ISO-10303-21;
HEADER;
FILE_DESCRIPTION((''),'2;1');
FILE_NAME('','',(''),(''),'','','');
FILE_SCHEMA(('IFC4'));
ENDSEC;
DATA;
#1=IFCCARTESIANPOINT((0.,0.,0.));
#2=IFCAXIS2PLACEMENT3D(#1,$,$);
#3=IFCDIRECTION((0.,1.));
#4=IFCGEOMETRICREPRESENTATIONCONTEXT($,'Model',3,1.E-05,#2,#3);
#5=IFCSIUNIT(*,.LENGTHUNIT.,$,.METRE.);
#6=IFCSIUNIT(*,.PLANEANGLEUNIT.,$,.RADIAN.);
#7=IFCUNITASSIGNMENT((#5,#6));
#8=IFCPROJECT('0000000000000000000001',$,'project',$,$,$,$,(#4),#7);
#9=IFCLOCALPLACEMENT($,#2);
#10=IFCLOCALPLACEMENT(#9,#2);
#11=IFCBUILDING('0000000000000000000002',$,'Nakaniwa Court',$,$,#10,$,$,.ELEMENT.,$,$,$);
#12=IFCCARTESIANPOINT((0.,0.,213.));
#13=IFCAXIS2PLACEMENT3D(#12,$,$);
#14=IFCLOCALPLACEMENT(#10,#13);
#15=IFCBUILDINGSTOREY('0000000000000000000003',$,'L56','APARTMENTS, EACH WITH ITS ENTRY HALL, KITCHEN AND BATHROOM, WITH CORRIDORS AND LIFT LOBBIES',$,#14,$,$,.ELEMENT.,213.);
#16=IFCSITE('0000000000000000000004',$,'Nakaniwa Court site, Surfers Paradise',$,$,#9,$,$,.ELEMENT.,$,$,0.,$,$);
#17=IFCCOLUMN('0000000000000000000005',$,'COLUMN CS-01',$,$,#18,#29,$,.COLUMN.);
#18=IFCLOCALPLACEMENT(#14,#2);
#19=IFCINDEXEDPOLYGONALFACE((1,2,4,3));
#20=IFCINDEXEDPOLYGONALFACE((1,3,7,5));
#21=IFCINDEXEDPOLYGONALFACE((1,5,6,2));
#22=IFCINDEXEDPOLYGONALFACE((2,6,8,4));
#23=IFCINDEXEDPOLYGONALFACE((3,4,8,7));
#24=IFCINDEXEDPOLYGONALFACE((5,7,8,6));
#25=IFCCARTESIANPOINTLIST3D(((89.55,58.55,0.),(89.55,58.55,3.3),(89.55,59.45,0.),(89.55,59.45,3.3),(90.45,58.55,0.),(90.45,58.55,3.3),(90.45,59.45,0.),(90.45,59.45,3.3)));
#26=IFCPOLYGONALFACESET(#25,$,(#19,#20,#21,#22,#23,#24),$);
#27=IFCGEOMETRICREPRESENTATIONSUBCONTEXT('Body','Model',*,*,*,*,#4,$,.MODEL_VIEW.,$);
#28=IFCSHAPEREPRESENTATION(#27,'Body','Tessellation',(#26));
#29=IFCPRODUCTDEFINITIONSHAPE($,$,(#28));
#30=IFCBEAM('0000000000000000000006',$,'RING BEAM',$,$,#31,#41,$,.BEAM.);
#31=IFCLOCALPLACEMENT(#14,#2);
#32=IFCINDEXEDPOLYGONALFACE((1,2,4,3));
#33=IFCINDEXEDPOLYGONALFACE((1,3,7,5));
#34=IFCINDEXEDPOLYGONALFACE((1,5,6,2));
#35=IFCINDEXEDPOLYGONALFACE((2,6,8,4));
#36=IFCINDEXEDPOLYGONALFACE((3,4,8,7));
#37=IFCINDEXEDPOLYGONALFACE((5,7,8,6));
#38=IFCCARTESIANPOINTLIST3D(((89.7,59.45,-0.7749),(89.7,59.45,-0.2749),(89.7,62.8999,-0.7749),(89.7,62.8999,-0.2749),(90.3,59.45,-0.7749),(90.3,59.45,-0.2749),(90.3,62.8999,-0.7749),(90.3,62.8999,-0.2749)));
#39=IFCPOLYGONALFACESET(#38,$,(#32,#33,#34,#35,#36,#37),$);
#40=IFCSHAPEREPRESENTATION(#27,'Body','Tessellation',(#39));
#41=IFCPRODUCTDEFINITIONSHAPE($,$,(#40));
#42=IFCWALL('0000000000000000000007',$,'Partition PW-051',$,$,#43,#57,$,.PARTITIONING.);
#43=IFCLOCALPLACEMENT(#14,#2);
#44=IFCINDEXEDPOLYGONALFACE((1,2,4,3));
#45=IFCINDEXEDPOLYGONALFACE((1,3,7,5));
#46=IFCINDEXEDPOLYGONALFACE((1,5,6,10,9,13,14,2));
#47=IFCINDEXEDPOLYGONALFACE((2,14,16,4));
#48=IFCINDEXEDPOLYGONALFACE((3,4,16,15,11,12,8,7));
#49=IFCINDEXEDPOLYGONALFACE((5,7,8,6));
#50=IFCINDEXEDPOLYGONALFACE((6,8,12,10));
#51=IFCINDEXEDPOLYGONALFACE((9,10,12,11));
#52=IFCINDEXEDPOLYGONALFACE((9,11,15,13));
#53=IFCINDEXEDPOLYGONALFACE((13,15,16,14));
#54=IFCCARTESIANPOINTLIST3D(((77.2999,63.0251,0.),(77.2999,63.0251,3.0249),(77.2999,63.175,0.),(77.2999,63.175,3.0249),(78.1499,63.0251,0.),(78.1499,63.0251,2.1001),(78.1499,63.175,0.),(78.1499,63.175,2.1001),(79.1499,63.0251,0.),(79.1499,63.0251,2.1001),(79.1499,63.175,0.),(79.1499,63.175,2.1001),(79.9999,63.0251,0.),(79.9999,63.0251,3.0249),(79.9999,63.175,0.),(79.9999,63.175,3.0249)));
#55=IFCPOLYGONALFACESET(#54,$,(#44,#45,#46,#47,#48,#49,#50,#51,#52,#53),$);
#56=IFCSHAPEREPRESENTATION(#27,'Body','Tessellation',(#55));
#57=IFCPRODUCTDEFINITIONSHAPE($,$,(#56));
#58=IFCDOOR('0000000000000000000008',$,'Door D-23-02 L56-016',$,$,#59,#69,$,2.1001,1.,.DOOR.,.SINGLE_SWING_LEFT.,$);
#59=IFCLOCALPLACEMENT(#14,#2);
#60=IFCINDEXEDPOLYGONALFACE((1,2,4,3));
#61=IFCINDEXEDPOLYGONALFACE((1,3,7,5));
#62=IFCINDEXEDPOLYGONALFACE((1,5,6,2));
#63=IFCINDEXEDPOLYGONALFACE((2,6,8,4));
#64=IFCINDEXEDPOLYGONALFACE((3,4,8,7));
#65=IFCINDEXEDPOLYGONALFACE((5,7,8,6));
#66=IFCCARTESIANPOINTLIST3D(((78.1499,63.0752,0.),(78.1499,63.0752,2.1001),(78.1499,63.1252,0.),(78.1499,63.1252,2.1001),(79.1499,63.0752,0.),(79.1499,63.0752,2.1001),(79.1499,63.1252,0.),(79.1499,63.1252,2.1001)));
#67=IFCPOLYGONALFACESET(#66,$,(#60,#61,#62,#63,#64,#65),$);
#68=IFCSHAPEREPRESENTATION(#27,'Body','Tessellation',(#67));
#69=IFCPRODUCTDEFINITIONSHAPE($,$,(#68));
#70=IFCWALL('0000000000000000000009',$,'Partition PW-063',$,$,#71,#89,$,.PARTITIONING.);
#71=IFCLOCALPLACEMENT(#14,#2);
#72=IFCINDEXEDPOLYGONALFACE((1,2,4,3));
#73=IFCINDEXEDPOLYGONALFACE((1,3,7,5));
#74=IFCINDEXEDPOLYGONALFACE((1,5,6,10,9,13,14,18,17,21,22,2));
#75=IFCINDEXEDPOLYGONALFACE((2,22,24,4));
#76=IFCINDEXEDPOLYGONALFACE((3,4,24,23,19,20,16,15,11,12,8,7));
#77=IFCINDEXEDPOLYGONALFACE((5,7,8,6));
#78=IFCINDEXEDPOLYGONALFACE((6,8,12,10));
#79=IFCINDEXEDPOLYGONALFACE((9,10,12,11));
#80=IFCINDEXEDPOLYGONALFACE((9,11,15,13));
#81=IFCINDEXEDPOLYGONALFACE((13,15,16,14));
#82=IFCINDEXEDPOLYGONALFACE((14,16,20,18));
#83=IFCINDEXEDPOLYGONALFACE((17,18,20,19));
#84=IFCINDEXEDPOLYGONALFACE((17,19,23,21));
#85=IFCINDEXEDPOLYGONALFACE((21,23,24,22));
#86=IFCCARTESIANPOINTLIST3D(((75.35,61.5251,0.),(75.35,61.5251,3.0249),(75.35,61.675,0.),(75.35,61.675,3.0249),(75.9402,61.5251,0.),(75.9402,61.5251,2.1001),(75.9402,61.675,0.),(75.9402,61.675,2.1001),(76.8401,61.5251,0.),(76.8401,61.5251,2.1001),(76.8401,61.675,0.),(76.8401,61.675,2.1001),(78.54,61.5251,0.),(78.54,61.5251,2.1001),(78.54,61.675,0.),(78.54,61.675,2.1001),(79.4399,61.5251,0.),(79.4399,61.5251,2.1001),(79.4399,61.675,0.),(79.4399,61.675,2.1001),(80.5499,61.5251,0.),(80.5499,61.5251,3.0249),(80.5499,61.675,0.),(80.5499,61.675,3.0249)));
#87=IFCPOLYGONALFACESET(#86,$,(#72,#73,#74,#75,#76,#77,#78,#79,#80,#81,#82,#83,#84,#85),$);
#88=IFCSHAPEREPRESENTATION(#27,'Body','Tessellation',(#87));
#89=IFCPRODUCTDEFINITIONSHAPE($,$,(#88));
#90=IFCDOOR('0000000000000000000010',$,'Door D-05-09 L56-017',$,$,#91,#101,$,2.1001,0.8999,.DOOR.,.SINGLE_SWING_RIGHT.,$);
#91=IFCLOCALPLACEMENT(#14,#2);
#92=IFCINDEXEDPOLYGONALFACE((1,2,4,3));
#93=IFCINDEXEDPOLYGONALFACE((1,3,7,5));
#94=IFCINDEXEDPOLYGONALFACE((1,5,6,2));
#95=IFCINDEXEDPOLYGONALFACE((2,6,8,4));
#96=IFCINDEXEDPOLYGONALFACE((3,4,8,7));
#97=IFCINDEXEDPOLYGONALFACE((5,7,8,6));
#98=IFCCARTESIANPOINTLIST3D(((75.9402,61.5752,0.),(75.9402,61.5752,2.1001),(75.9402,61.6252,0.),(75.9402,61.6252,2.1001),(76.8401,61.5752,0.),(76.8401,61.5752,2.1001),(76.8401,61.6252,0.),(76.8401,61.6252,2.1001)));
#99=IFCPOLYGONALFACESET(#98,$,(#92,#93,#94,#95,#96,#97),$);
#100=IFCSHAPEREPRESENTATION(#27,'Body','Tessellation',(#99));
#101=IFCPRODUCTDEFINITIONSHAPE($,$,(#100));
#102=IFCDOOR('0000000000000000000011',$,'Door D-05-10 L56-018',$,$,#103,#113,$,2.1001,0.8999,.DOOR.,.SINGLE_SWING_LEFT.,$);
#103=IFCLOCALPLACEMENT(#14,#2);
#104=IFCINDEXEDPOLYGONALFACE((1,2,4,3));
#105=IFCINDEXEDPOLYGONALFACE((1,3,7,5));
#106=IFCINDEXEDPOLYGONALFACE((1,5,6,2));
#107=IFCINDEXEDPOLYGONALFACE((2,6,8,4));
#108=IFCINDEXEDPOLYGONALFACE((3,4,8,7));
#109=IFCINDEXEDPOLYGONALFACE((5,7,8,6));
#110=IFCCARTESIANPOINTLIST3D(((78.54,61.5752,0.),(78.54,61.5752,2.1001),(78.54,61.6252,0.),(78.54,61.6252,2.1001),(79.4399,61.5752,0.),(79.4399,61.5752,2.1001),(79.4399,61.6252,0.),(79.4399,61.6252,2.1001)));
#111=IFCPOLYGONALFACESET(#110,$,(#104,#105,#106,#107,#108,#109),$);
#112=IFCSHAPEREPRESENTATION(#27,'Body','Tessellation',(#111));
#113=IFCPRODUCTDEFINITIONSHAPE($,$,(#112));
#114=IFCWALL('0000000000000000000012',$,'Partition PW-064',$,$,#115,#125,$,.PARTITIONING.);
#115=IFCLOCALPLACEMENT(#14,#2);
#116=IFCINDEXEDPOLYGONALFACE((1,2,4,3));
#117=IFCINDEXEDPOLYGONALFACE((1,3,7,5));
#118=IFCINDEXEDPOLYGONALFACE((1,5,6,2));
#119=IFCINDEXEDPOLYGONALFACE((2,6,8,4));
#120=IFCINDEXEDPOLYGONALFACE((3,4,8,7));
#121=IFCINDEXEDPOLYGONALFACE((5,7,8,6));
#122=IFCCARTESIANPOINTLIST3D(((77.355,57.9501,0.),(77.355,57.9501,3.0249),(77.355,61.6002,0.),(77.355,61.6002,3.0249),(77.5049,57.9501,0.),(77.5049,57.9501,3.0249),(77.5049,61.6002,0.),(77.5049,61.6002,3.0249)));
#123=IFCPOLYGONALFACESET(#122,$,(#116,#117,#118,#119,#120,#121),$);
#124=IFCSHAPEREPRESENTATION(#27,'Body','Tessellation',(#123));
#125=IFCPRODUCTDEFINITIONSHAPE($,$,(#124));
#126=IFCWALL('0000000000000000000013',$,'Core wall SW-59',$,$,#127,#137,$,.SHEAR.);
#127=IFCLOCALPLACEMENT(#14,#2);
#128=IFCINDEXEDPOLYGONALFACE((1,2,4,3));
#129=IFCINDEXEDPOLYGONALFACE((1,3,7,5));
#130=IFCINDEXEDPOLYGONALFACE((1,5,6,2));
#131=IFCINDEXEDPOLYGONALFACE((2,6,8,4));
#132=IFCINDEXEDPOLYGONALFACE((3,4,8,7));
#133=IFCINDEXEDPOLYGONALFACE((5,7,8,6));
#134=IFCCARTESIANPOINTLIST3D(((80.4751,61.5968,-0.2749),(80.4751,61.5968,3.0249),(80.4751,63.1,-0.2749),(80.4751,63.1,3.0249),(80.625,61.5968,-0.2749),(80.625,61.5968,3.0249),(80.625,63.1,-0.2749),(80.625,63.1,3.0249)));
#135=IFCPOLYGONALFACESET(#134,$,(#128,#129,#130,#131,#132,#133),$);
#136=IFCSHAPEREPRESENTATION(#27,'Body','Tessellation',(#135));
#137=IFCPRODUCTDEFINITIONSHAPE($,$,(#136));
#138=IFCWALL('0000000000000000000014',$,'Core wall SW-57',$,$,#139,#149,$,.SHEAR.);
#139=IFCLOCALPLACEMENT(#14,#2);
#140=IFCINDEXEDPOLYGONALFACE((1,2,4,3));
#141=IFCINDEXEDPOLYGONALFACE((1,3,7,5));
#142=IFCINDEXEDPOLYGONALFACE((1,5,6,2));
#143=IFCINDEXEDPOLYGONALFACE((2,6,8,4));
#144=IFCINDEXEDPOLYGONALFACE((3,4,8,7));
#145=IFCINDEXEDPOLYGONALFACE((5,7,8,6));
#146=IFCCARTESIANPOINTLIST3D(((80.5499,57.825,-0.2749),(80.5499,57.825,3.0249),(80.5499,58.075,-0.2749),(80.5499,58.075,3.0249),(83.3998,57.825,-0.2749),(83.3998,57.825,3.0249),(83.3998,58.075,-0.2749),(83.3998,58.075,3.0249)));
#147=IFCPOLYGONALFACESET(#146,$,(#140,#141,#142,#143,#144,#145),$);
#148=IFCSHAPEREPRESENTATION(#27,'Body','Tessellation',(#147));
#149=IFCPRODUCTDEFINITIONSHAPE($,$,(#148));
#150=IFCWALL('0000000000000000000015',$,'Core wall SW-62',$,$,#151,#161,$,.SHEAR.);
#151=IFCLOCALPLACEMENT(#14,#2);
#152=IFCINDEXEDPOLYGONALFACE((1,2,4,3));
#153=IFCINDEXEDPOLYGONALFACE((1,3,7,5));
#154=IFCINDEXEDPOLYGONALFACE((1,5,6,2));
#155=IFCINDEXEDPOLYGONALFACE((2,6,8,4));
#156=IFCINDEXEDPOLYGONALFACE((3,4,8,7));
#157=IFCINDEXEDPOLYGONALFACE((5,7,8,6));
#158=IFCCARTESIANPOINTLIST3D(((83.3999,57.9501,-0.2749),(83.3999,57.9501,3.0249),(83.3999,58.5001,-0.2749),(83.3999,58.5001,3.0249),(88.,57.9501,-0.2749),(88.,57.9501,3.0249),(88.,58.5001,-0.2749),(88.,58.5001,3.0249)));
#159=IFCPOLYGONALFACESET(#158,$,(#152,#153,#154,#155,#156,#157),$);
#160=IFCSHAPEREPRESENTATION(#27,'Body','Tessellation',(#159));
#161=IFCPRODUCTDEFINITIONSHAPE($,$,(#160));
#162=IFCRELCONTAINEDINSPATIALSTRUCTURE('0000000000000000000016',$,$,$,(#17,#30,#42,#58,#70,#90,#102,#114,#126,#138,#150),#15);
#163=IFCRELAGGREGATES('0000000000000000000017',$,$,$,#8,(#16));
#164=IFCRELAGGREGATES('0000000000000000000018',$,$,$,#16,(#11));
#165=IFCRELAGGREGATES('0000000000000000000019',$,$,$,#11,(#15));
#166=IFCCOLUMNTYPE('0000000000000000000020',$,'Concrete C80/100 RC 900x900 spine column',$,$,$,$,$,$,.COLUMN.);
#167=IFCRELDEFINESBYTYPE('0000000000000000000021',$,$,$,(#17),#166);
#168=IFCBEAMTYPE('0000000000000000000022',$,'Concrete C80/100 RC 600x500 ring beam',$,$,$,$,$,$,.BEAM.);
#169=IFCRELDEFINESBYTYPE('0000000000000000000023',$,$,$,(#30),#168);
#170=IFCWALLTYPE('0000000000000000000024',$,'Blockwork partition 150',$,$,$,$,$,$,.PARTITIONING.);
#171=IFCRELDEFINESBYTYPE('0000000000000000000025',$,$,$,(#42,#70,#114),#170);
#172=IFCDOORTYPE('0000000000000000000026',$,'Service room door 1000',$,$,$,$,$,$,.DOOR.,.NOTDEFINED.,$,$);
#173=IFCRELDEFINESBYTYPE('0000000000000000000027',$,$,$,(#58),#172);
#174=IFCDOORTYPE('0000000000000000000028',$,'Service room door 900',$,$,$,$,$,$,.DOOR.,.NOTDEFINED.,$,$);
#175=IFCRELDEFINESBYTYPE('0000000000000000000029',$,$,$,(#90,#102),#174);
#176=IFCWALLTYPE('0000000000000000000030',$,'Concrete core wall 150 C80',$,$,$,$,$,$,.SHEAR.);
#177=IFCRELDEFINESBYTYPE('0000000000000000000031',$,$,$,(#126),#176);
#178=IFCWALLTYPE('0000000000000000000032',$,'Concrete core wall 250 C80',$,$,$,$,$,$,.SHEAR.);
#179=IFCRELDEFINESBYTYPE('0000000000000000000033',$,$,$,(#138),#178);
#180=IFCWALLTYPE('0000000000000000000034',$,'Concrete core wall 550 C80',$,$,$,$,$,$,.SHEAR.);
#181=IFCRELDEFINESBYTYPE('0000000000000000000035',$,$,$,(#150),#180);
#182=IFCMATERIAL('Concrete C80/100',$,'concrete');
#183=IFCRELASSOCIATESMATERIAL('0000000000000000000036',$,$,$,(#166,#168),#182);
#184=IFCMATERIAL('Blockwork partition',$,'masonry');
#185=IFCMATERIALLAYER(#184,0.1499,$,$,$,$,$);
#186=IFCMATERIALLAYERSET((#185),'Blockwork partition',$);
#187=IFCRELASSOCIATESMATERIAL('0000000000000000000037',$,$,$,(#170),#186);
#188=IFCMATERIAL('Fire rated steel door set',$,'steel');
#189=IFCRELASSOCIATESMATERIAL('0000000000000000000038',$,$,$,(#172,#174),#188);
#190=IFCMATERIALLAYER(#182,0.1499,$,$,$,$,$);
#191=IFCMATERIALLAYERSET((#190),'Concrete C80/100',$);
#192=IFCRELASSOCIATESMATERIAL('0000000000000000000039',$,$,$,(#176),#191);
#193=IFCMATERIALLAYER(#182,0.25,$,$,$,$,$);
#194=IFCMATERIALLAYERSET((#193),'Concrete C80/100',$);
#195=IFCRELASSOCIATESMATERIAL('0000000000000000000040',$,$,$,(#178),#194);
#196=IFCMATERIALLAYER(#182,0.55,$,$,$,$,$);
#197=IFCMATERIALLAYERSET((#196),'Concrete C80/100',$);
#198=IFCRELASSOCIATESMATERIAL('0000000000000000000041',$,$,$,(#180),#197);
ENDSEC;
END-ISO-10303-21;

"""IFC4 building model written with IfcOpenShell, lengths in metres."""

from ifc_helpers import new_model, si_unit, direction, frame, frame_2d, origin, origin_2d, place, context, subcontext, project, spatial, rectangle, extrude, material, layer, layer_set, material_profile, profile_set, type_object, element, fill, save


model = new_model("IFC4")

# Units and contexts
model_context = context("Model", 3, precision=1e-05, world=origin(), true_north=direction((0.0, 1.0)))
body_context = subcontext(model_context, "Body", "Model", "MODEL_VIEW")
ifc_project = project(units=[si_unit("LENGTHUNIT", "METRE"), si_unit("PLANEANGLEUNIT", "RADIAN")], contexts=[model_context])

# Site, building, storey
site_placement = place(None, origin())
site = spatial("IfcSite", under=ifc_project, at=site_placement, Name="Nakaniwa Court site, Surfers Paradise", CompositionType="ELEMENT", RefElevation=0.0)
building_placement = place(site_placement, origin())
building = spatial("IfcBuilding", under=site, at=building_placement, Name="Nakaniwa Court", CompositionType="ELEMENT")
storey_placement = place(building_placement, frame((0.0, 0.0, 213.0)))
storey = spatial("IfcBuildingStorey", under=building, at=storey_placement, Name="L56", Description="APARTMENTS, EACH WITH ITS ENTRY HALL, KITCHEN AND BATHROOM, WITH CORRIDORS AND LIFT LOBBIES", CompositionType="ELEMENT", Elevation=213.0)

# Column
ifc_material_1 = material(Name="Concrete C80/100", Category="concrete")
ifc_material_profile_1 = material_profile(ifc_material_1, rectangle(XDim=0.8999, YDim=0.8999, at=origin_2d()), Name="Concrete C80/100 RC 900x900 spine column")
ifc_profile_set_1 = profile_set([ifc_material_profile_1], Name="Concrete C80/100")
column_type = type_object("IfcColumnType", Name="Concrete C80/100 RC 900x900 spine column", PredefinedType="COLUMN", material=ifc_profile_set_1)
column_placement = place(storey_placement, frame((90.0, 59.0, 0.0), z_axis=(0.0, 0.0, 1.0), x_axis=(0.0, 1.0, 0.0)))
element("IfcColumn", 1, at=column_placement, inside=storey, type_object=column_type, Name="COLUMN CS-01", PredefinedType="COLUMN", context=body_context, shape_type="SweptSolid", body=[
    extrude(rectangle(XDim=0.8999, YDim=0.8999, at=origin_2d()), origin(), (0.0, 0.0, 1.0), 3.3),
])

# Beam
ifc_material_profile_2 = material_profile(ifc_material_1, rectangle(XDim=0.6001, YDim=0.5, at=origin_2d()), Name="Concrete C80/100 RC 600x500 ring beam")
ifc_profile_set_2 = profile_set([ifc_material_profile_2], Name="Concrete C80/100")
beam_type = type_object("IfcBeamType", Name="Concrete C80/100 RC 600x500 ring beam", PredefinedType="BEAM", material=ifc_profile_set_2)
beam_placement = place(storey_placement, frame((90.0, 59.45, -0.5249), z_axis=(0.0, 1.0, 0.0), x_axis=(-1.0, 0.0, 0.0)))
element("IfcBeam", 2, at=beam_placement, inside=storey, type_object=beam_type, Name="RING BEAM", PredefinedType="BEAM", context=body_context, shape_type="SweptSolid", body=[
    extrude(rectangle(XDim=0.6001, YDim=0.5, at=origin_2d()), origin(), (0.0, 0.0, 1.0), 3.45),
])

# Wall, opening, door
ifc_material_2 = material(Name="Blockwork partition", Category="masonry")
ifc_layer_1 = layer(ifc_material_2, 0.1499)
ifc_layer_set_1 = layer_set([ifc_layer_1], Name="Blockwork partition")
wall_type_1 = type_object("IfcWallType", Name="Blockwork partition 150", PredefinedType="PARTITIONING", material=ifc_layer_set_1)
wall_1_placement = place(storey_placement, frame((80.0, 63.1001, 0.0), z_axis=(0.0, 0.0, 1.0), x_axis=(-1.0, 0.0, 0.0)))
wall_1 = element("IfcWall", 3, at=wall_1_placement, inside=storey, type_object=wall_type_1, Name="Partition PW-051", PredefinedType="PARTITIONING", context=body_context, shape_type="SweptSolid", body=[
    extrude(rectangle(XDim=2.7, YDim=0.1499, at=frame_2d((1.3501, 0.0))), origin(), (0.0, 0.0, 1.0), 3.0249),
])
opening_1_placement = place(wall_1_placement, frame((0.8501, 0.0, 0.0)))
opening_1 = element("IfcOpeningElement", 4, at=opening_1_placement, cuts=wall_1, PredefinedType="OPENING", context=body_context, shape_type="SweptSolid", body=[
    extrude(rectangle(XDim=1.0, YDim=2.1001, at=frame_2d((0.5, 1.05))), frame((0.0, 0.085, 0.0), z_axis=(0.0, -1.0, 0.0), x_axis=(1.0, 0.0, 0.0)), (0.0, 0.0, 1.0), 0.1699),
])
ifc_material_3 = material(Name="Fire rated steel door set", Category="steel")
door_type_1 = type_object("IfcDoorType", Name="Service room door 1000", OperationType="NOTDEFINED", PredefinedType="DOOR", material=ifc_material_3)
door_1_placement = place(opening_1_placement, origin())
door_1 = element("IfcDoor", 5, at=door_1_placement, inside=storey, type_object=door_type_1, Name="Door D-23-02 L56-016", OperationType="SINGLE_SWING_LEFT", OverallHeight=2.1001, OverallWidth=1.0, PredefinedType="DOOR", context=body_context, shape_type="SweptSolid", body=[
    extrude(rectangle(XDim=1.0, YDim=2.1001, at=frame_2d((0.5, 1.05))), frame((0.0, 0.0249, 0.0), z_axis=(0.0, -1.0, 0.0), x_axis=(1.0, 0.0, 0.0)), (0.0, 0.0, 1.0), 0.05),
])
fill(opening_1, door_1)

# Wall, openings, doors
wall_2_placement = place(storey_placement, frame((80.55, 61.6001, 0.0), z_axis=(0.0, 0.0, 1.0), x_axis=(-1.0, 0.0, 0.0)))
wall_2 = element("IfcWall", 6, at=wall_2_placement, inside=storey, type_object=wall_type_1, Name="Partition PW-063", PredefinedType="PARTITIONING", context=body_context, shape_type="SweptSolid", body=[
    extrude(rectangle(XDim=5.2, YDim=0.1499, at=frame_2d((2.6001, 0.0))), origin(), (0.0, 0.0, 1.0), 3.0249),
])
opening_2_placement = place(wall_2_placement, frame((3.71, 0.0, 0.0)))
opening_2 = element("IfcOpeningElement", 7, at=opening_2_placement, cuts=wall_2, PredefinedType="OPENING", context=body_context, shape_type="SweptSolid", body=[
    extrude(rectangle(XDim=0.8999, YDim=2.1001, at=frame_2d((0.45, 1.05))), frame((0.0, 0.085, 0.0), z_axis=(0.0, -1.0, 0.0), x_axis=(1.0, 0.0, 0.0)), (0.0, 0.0, 1.0), 0.1699),
])
opening_3_placement = place(wall_2_placement, frame((1.1101, 0.0, 0.0)))
opening_3 = element("IfcOpeningElement", 8, at=opening_3_placement, cuts=wall_2, PredefinedType="OPENING", context=body_context, shape_type="SweptSolid", body=[
    extrude(rectangle(XDim=0.8999, YDim=2.1001, at=frame_2d((0.45, 1.05))), frame((0.0, 0.085, 0.0), z_axis=(0.0, -1.0, 0.0), x_axis=(1.0, 0.0, 0.0)), (0.0, 0.0, 1.0), 0.1699),
])
door_type_2 = type_object("IfcDoorType", Name="Service room door 900", OperationType="NOTDEFINED", PredefinedType="DOOR", material=ifc_material_3)
door_2_placement = place(opening_2_placement, origin())
door_2 = element("IfcDoor", 9, at=door_2_placement, inside=storey, type_object=door_type_2, Name="Door D-05-09 L56-017", OperationType="SINGLE_SWING_RIGHT", OverallHeight=2.1001, OverallWidth=0.8999, PredefinedType="DOOR", context=body_context, shape_type="SweptSolid", body=[
    extrude(rectangle(XDim=0.8999, YDim=2.1001, at=frame_2d((0.45, 1.05))), frame((0.0, 0.0249, 0.0), z_axis=(0.0, -1.0, 0.0), x_axis=(1.0, 0.0, 0.0)), (0.0, 0.0, 1.0), 0.05),
])
fill(opening_2, door_2)
door_3_placement = place(opening_3_placement, origin())
door_3 = element("IfcDoor", 10, at=door_3_placement, inside=storey, type_object=door_type_2, Name="Door D-05-10 L56-018", OperationType="SINGLE_SWING_LEFT", OverallHeight=2.1001, OverallWidth=0.8999, PredefinedType="DOOR", context=body_context, shape_type="SweptSolid", body=[
    extrude(rectangle(XDim=0.8999, YDim=2.1001, at=frame_2d((0.45, 1.05))), frame((0.0, 0.0249, 0.0), z_axis=(0.0, -1.0, 0.0), x_axis=(1.0, 0.0, 0.0)), (0.0, 0.0, 1.0), 0.05),
])
fill(opening_3, door_3)

# Walls
wall_3_placement = place(storey_placement, frame((77.4299, 57.95, 0.0), z_axis=(0.0, 0.0, 1.0), x_axis=(0.0, 1.0, 0.0)))
element("IfcWall", 11, at=wall_3_placement, inside=storey, type_object=wall_type_1, Name="Partition PW-064", PredefinedType="PARTITIONING", context=body_context, shape_type="SweptSolid", body=[
    extrude(rectangle(XDim=3.6501, YDim=0.1499, at=frame_2d((1.8252, 0.0))), origin(), (0.0, 0.0, 1.0), 3.0249),
])
ifc_layer_2 = layer(ifc_material_1, 0.1499)
ifc_layer_set_2 = layer_set([ifc_layer_2], Name="Concrete C80/100")
wall_type_2 = type_object("IfcWallType", Name="Concrete core wall 150 C80", PredefinedType="SHEAR", material=ifc_layer_set_2)
wall_4_placement = place(storey_placement, frame((80.55, 61.5969, -0.2749), z_axis=(0.0, 0.0, 1.0), x_axis=(0.0, 1.0, 0.0)))
element("IfcWall", 12, at=wall_4_placement, inside=storey, type_object=wall_type_2, Name="Core wall SW-59", PredefinedType="SHEAR", context=body_context, shape_type="SweptSolid", body=[
    extrude(rectangle(XDim=1.5032, YDim=0.1499, at=frame_2d((0.7515, 0.0))), origin(), (0.0, 0.0, 1.0), 3.2998),
])
ifc_layer_3 = layer(ifc_material_1, 0.25)
ifc_layer_set_3 = layer_set([ifc_layer_3], Name="Concrete C80/100")
wall_type_3 = type_object("IfcWallType", Name="Concrete core wall 250 C80", PredefinedType="SHEAR", material=ifc_layer_set_3)
wall_5_placement = place(storey_placement, frame((80.55, 57.95, -0.2749), z_axis=(0.0, 0.0, 1.0), x_axis=(1.0, 0.0, 0.0)))
element("IfcWall", 13, at=wall_5_placement, inside=storey, type_object=wall_type_3, Name="Core wall SW-57", PredefinedType="SHEAR", context=body_context, shape_type="SweptSolid", body=[
    extrude(rectangle(XDim=2.8499, YDim=0.25, at=frame_2d((1.4248, 0.0))), origin(), (0.0, 0.0, 1.0), 3.2998),
])
ifc_layer_4 = layer(ifc_material_1, 0.55)
ifc_layer_set_4 = layer_set([ifc_layer_4], Name="Concrete C80/100")
wall_type_4 = type_object("IfcWallType", Name="Concrete core wall 550 C80", PredefinedType="SHEAR", material=ifc_layer_set_4)
wall_6_placement = place(storey_placement, frame((83.3999, 58.2251, -0.2749), z_axis=(0.0, 0.0, 1.0), x_axis=(1.0, 0.0, 0.0)))
element("IfcWall", 14, at=wall_6_placement, inside=storey, type_object=wall_type_4, Name="Core wall SW-62", PredefinedType="SHEAR", context=body_context, shape_type="SweptSolid", body=[
    extrude(rectangle(XDim=4.6001, YDim=0.55, at=frame_2d((2.3, 0.0))), origin(), (0.0, 0.0, 1.0), 3.2998),
])

save(model, "model.ifc")
